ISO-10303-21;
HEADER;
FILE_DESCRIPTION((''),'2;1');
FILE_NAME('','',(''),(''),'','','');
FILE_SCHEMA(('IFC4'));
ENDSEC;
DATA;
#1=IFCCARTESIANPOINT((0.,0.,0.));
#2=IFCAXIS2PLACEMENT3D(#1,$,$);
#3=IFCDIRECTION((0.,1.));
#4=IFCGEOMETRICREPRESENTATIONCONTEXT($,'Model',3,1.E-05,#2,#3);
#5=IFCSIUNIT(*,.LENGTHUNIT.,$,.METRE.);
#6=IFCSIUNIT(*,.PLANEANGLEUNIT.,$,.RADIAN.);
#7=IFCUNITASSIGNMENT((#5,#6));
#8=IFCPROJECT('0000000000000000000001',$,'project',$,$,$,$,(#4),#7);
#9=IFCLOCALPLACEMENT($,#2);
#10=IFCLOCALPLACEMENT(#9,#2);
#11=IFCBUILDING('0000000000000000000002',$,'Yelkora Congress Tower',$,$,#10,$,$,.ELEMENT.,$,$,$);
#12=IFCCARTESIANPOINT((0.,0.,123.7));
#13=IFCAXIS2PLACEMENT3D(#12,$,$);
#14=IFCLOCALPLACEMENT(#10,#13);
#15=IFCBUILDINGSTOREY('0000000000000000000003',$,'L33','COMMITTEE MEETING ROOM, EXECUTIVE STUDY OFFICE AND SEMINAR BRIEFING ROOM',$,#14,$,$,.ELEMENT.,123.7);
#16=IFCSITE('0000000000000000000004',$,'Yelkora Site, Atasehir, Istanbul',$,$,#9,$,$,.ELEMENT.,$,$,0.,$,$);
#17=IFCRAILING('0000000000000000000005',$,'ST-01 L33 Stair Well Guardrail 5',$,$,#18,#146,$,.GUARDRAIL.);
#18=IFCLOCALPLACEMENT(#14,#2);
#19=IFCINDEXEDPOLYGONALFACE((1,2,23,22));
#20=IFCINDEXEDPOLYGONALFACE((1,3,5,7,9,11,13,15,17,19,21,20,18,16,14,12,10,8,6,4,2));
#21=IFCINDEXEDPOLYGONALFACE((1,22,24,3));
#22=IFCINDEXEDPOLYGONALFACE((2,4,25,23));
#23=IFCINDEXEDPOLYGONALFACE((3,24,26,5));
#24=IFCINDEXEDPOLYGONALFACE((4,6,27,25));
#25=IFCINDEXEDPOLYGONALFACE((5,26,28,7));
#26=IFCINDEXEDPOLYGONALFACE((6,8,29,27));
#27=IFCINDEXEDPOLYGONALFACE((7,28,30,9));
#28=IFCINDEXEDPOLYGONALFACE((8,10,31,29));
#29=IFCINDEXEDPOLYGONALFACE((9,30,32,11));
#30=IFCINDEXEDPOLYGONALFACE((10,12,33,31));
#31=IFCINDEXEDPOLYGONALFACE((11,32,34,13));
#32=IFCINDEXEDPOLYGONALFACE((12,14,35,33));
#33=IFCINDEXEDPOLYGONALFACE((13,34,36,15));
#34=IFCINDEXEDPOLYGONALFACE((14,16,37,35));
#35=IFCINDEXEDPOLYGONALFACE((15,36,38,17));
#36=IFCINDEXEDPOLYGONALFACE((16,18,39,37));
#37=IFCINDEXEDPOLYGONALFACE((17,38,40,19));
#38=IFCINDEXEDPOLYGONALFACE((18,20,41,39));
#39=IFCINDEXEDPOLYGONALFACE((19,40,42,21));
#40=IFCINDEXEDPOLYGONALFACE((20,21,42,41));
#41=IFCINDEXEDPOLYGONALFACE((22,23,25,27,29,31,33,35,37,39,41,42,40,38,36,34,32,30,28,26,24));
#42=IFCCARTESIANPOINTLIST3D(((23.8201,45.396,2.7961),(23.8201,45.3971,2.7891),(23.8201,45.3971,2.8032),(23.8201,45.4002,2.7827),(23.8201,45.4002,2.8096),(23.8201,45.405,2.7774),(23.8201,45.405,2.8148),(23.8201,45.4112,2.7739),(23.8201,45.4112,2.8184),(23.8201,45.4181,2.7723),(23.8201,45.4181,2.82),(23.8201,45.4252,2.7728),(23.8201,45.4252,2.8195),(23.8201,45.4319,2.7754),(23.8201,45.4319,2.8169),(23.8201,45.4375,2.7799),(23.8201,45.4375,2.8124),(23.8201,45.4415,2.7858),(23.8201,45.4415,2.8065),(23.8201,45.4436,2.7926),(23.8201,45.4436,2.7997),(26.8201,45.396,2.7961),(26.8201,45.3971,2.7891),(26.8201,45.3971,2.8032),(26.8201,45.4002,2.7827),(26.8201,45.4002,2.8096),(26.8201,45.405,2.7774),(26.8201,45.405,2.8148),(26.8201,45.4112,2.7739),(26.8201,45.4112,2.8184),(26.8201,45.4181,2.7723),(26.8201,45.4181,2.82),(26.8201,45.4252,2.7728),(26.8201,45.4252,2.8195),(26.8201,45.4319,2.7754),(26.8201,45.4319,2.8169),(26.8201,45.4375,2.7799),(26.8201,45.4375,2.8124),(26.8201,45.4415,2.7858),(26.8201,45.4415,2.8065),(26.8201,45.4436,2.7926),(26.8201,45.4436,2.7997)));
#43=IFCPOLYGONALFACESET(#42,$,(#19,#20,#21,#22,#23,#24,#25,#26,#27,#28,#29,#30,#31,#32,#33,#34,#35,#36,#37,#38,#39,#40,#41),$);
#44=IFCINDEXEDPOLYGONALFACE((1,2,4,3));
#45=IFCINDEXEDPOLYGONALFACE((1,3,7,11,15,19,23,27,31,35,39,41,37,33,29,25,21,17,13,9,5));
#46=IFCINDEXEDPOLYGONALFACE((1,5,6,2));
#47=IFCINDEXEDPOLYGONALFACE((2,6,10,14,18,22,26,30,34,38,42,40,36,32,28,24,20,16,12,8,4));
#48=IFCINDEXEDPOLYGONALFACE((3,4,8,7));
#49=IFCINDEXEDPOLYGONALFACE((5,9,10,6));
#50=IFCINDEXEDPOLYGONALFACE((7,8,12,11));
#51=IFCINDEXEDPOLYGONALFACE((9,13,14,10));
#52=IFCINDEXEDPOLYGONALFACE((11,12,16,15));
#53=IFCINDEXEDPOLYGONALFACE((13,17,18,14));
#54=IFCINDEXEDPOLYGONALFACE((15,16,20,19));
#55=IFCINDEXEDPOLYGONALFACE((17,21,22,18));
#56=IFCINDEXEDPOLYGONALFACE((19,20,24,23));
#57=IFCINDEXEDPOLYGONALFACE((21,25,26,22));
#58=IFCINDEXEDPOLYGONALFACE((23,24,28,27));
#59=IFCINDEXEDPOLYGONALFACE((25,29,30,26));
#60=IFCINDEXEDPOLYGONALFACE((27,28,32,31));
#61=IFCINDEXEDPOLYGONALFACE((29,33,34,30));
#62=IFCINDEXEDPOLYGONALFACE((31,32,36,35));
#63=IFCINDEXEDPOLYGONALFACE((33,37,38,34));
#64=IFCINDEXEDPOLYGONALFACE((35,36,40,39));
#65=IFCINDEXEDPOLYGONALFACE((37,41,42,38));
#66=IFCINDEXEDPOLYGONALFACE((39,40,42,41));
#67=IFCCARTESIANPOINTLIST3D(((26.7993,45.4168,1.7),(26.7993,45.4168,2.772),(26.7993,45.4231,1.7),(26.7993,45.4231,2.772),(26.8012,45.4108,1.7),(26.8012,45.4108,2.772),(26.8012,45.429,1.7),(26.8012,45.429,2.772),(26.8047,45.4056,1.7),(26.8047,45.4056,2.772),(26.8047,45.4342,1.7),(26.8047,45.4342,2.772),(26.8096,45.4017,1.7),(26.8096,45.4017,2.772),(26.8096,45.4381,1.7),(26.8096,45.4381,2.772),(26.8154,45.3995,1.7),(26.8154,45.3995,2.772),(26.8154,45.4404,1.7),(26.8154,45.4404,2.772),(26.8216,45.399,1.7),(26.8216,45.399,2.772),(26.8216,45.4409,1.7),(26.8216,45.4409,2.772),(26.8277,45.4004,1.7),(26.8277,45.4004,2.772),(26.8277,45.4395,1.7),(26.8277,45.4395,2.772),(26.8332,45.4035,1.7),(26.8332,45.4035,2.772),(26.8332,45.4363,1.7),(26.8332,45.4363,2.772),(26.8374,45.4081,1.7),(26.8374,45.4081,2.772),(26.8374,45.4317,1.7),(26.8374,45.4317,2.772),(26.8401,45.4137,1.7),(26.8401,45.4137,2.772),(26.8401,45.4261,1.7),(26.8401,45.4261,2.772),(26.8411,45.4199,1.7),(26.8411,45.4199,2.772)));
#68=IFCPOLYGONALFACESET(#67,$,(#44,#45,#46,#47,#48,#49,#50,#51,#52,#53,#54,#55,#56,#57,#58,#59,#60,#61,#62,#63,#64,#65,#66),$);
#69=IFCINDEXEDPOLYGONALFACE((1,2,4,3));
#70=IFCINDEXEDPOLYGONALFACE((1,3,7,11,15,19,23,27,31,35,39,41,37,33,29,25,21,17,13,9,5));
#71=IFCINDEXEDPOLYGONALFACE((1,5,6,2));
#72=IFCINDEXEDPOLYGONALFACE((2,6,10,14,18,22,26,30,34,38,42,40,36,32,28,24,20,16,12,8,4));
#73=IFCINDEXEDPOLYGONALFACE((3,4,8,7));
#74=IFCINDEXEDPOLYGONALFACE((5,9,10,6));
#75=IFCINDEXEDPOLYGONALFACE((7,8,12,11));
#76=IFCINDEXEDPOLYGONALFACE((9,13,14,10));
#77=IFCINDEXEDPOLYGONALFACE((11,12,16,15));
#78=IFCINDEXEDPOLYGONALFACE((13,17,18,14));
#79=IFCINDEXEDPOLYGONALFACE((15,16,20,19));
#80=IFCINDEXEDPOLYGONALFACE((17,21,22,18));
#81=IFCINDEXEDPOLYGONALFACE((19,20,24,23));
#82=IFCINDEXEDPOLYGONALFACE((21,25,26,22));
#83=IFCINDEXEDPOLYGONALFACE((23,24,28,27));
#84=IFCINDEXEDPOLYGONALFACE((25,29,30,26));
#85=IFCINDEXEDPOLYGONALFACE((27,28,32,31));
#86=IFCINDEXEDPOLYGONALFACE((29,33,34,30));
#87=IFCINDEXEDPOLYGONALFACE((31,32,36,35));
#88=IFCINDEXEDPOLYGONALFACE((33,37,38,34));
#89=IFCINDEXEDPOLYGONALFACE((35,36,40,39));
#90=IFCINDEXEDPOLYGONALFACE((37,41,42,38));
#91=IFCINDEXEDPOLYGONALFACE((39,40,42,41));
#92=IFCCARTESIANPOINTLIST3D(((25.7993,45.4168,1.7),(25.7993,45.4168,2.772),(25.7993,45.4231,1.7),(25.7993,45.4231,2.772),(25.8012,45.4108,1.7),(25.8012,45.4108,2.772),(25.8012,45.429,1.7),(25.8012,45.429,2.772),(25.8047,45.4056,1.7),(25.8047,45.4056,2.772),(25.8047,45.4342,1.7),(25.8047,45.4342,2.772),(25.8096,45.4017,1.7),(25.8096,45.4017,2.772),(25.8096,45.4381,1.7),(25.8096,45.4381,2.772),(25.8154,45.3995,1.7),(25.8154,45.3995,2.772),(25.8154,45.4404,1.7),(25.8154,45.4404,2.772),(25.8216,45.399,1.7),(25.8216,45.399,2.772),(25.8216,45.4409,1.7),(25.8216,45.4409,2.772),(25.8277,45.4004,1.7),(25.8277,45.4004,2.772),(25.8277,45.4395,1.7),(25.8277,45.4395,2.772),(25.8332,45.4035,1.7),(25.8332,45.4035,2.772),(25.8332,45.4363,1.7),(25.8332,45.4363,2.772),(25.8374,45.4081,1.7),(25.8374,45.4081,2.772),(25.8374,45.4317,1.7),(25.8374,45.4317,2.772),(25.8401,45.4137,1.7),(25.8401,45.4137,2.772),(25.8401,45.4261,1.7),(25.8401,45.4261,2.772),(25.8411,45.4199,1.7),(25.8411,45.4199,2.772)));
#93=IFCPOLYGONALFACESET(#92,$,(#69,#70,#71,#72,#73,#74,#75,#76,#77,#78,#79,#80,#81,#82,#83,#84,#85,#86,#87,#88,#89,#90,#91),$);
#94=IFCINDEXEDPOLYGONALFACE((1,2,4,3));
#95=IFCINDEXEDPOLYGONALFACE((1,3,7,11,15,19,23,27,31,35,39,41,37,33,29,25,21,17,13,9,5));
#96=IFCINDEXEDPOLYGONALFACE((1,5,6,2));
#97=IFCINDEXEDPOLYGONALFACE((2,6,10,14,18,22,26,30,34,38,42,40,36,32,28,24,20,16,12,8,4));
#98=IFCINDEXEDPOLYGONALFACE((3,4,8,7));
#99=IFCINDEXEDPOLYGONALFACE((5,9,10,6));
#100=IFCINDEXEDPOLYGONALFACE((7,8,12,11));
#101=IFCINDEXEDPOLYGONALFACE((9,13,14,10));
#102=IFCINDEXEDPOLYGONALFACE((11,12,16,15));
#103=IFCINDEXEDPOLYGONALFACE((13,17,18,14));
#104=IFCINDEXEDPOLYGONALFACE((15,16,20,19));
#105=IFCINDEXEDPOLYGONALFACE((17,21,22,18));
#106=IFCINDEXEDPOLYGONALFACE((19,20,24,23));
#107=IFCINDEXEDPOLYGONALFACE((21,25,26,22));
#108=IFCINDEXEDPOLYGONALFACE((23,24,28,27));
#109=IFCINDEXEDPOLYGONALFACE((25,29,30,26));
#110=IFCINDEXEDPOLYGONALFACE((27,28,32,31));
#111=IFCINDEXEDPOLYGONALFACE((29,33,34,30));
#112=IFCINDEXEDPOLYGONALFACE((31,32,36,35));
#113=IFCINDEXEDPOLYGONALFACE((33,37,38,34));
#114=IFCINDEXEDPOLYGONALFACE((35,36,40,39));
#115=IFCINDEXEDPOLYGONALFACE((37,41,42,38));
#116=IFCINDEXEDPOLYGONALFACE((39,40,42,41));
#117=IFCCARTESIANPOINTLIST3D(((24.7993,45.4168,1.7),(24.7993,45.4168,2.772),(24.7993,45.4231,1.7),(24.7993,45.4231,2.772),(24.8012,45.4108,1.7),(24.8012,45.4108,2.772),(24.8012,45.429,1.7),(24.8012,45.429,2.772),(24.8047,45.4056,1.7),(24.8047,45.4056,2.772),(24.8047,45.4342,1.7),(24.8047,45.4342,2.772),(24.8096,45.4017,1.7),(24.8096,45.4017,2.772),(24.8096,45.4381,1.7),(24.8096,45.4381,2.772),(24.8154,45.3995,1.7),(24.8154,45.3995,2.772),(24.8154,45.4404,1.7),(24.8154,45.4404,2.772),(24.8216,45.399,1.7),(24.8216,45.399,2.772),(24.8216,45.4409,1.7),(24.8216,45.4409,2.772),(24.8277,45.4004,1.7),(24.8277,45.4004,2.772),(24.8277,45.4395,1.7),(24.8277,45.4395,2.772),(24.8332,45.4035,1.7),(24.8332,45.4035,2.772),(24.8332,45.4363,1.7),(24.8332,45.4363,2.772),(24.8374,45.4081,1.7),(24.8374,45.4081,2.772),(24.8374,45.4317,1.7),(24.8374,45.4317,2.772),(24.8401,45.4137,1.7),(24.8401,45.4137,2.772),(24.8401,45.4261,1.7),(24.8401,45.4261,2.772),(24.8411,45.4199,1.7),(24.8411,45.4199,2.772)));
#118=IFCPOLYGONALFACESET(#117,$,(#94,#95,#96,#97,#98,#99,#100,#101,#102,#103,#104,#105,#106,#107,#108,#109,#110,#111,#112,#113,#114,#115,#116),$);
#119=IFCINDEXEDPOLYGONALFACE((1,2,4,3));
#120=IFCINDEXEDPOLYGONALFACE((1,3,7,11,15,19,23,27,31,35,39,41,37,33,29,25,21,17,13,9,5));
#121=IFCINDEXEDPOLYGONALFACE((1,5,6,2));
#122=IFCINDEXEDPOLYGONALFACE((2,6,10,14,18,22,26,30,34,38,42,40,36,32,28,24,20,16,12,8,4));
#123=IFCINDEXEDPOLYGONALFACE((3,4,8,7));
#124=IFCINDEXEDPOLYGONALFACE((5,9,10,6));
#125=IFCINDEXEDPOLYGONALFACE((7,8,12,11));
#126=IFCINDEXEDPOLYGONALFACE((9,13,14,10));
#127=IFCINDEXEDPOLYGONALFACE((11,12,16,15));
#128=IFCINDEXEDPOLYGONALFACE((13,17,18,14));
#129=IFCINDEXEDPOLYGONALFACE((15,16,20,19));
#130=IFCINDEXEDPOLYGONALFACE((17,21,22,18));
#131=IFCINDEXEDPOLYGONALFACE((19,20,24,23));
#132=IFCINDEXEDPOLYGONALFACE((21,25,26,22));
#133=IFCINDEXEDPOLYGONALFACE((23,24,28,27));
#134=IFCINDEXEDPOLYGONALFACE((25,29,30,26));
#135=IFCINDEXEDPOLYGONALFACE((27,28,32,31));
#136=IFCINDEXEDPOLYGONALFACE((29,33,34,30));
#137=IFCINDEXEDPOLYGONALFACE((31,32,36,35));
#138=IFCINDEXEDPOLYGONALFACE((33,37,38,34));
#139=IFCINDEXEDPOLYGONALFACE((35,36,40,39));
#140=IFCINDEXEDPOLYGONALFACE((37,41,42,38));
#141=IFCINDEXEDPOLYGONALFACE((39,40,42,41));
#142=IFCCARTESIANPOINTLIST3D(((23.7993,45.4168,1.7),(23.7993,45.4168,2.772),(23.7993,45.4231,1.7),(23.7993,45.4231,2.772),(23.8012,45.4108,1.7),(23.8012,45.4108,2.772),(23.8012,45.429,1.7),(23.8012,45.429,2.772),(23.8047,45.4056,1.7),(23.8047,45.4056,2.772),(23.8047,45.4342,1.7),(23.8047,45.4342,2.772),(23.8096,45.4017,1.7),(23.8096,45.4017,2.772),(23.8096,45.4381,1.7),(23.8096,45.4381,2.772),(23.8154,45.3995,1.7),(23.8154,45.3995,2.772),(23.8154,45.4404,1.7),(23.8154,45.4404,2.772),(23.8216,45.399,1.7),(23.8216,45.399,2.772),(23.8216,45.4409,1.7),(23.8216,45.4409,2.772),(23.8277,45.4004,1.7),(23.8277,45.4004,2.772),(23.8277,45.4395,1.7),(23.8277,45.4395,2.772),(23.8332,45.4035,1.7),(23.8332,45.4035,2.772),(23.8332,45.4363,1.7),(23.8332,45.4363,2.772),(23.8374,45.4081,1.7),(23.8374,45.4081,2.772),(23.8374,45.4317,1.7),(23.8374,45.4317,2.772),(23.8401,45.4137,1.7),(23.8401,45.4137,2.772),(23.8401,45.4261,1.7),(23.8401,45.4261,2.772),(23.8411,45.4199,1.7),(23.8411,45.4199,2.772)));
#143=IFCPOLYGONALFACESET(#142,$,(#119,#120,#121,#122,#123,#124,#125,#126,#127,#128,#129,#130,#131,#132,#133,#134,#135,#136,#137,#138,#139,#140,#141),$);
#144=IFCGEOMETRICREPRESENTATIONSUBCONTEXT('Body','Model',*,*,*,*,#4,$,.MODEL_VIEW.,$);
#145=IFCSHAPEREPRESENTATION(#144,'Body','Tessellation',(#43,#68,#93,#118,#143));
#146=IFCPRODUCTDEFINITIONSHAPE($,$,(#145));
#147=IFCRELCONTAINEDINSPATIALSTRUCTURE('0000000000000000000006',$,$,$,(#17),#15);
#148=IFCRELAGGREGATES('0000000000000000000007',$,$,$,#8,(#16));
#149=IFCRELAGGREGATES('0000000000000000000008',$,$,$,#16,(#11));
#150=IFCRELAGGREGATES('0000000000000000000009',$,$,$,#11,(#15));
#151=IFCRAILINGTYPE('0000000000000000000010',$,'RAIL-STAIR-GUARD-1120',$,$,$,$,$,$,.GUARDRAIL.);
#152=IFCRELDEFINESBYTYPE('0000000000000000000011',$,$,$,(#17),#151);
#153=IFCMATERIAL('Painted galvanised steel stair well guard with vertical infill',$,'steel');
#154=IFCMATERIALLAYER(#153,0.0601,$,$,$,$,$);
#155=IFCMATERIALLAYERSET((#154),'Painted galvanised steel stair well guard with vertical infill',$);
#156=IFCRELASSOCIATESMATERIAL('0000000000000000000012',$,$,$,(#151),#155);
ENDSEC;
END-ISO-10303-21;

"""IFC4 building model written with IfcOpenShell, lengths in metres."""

from ifc_helpers import new_model, si_unit, direction, frame, origin, origin_2d, place, context, subcontext, project, spatial, circle, extrude, material, layer, layer_set, type_object, element, save


model = new_model("IFC4")

# Units and contexts
model_context = context("Model", 3, precision=1e-05, world=origin(), true_north=direction((0.0, 1.0)))
body_context = subcontext(model_context, "Body", "Model", "MODEL_VIEW")
ifc_project = project(units=[si_unit("LENGTHUNIT", "METRE"), si_unit("PLANEANGLEUNIT", "RADIAN")], contexts=[model_context])

# Site, building, storey
site_placement = place(None, origin())
site = spatial("IfcSite", under=ifc_project, at=site_placement, Name="Yelkora Site, Atasehir, Istanbul", CompositionType="ELEMENT", RefElevation=0.0)
building_placement = place(site_placement, origin())
building = spatial("IfcBuilding", under=site, at=building_placement, Name="Yelkora Congress Tower", CompositionType="ELEMENT")
storey_placement = place(building_placement, frame((0.0, 0.0, 123.7)))
storey = spatial("IfcBuildingStorey", under=building, at=storey_placement, Name="L33", Description="COMMITTEE MEETING ROOM, EXECUTIVE STUDY OFFICE AND SEMINAR BRIEFING ROOM", CompositionType="ELEMENT", Elevation=123.7)

# Railing
ifc_material_1 = material(Name="Painted galvanised steel stair well guard with vertical infill", Category="steel")
ifc_layer_1 = layer(ifc_material_1, 0.0601)
ifc_layer_set_1 = layer_set([ifc_layer_1], Name="Painted galvanised steel stair well guard with vertical infill")
railing_type_1 = type_object("IfcRailingType", Name="RAIL-STAIR-GUARD-1120", PredefinedType="GUARDRAIL", material=ifc_layer_set_1)
railing_1_placement = place(storey_placement, frame((26.8201, 45.4199, 1.7)))
element("IfcRailing", 1, at=railing_1_placement, inside=storey, type_object=railing_type_1, Name="ST-01 L33 Stair Well Guardrail 5", PredefinedType="GUARDRAIL", context=body_context, shape_type="SweptSolid", body=[
    extrude(circle(Radius=0.0239, at=origin_2d()), frame((0.0, 0.0, 1.0962), z_axis=(-1.0, 0.0, 0.0), x_axis=(0.0, -1.0, 0.0)), (0.0, 0.0, 1.0), 3.0),
    extrude(circle(Radius=0.021, at=origin_2d()), origin(), (0.0, 0.0, 1.0), 1.072),
    extrude(circle(Radius=0.021, at=origin_2d()), frame((-1.0, 0.0, 0.0)), (0.0, 0.0, 1.0), 1.072),
    extrude(circle(Radius=0.021, at=origin_2d()), frame((-2.0, 0.0, 0.0)), (0.0, 0.0, 1.0), 1.072),
    extrude(circle(Radius=0.021, at=origin_2d()), frame((-3.0, 0.0, 0.0)), (0.0, 0.0, 1.0), 1.072),
])

save(model, "model.ifc")
